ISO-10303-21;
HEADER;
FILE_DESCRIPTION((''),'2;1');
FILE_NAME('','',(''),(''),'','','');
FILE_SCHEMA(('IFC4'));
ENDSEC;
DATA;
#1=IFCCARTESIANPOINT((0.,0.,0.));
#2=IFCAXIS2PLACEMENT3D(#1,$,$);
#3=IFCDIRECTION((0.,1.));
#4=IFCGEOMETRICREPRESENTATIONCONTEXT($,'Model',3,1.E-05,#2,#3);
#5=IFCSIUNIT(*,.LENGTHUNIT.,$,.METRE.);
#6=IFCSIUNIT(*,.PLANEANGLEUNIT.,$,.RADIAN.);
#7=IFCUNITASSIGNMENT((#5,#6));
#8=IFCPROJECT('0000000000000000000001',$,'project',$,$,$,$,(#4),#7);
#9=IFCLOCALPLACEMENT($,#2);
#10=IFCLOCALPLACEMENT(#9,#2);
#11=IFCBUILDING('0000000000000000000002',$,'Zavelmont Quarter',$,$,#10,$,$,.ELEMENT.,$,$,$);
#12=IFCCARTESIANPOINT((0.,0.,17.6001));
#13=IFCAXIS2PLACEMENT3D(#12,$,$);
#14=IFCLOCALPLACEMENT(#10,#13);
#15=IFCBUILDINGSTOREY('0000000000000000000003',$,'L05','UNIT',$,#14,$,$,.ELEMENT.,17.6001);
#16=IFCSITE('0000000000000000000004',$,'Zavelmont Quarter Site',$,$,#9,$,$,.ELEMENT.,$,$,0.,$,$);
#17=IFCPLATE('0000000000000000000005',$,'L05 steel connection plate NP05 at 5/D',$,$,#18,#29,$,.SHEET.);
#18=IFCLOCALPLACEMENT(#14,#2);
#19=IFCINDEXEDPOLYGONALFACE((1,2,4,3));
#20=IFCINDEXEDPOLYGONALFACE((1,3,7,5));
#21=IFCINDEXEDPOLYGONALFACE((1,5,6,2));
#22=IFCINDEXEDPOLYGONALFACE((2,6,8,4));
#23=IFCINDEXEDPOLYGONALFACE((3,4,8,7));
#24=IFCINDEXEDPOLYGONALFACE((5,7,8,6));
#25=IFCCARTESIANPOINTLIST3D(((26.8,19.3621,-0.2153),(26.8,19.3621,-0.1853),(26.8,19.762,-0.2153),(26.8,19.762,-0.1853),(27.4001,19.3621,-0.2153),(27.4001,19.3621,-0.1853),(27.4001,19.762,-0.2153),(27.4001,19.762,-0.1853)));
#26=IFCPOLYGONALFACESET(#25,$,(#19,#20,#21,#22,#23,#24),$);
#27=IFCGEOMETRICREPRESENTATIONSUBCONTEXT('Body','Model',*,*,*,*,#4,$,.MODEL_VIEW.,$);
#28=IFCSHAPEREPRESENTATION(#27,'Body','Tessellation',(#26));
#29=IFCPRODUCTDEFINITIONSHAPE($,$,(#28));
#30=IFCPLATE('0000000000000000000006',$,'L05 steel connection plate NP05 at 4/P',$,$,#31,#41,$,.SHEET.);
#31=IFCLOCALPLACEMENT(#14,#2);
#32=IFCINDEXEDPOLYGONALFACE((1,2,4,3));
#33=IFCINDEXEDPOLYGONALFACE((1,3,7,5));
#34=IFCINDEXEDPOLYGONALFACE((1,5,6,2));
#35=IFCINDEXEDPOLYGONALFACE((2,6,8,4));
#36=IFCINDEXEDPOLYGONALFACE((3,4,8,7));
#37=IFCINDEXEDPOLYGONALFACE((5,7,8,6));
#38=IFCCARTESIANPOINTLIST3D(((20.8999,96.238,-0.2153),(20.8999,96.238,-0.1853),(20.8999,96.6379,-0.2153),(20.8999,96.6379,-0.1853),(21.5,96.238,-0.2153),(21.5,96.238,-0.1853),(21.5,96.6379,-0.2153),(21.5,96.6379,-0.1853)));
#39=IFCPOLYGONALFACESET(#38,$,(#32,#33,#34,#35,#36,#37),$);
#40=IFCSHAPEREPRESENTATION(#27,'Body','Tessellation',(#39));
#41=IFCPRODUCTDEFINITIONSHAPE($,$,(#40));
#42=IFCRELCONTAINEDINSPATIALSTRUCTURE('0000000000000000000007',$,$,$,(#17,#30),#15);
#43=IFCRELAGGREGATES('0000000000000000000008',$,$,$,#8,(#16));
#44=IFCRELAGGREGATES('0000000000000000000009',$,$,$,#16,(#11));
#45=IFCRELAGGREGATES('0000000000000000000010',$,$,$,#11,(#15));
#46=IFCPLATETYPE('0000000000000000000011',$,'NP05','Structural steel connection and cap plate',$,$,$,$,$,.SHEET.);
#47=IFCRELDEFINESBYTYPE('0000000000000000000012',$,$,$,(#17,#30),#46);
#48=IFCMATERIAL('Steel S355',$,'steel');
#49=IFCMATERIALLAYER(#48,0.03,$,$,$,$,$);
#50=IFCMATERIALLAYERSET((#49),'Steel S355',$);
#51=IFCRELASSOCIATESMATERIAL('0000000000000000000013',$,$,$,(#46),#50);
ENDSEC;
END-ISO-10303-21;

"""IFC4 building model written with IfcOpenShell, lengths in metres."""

from ifc_helpers import new_model, si_unit, direction, frame, origin, origin_2d, place, context, subcontext, project, spatial, rectangle, extrude, material, layer, layer_set, type_object, element, save


model = new_model("IFC4")

# Units and contexts
model_context = context("Model", 3, precision=1e-05, world=origin(), true_north=direction((0.0, 1.0)))
body_context = subcontext(model_context, "Body", "Model", "MODEL_VIEW")
ifc_project = project(units=[si_unit("LENGTHUNIT", "METRE"), si_unit("PLANEANGLEUNIT", "RADIAN")], contexts=[model_context])

# Site, building, storey
site_placement = place(None, origin())
site = spatial("IfcSite", under=ifc_project, at=site_placement, Name="Zavelmont Quarter Site", CompositionType="ELEMENT", RefElevation=0.0)
building_placement = place(site_placement, origin())
building = spatial("IfcBuilding", under=site, at=building_placement, Name="Zavelmont Quarter", CompositionType="ELEMENT")
storey_placement = place(building_placement, frame((0.0, 0.0, 17.6001)))
storey = spatial("IfcBuildingStorey", under=building, at=storey_placement, Name="L05", Description="UNIT", CompositionType="ELEMENT", Elevation=17.6001)

# Plates
ifc_material_1 = material(Name="Steel S355", Category="steel")
ifc_layer_1 = layer(ifc_material_1, 0.03)
ifc_layer_set_1 = layer_set([ifc_layer_1], Name="Steel S355")
plate_type_1 = type_object("IfcPlateType", Name="NP05", Description="Structural steel connection and cap plate", PredefinedType="SHEET", material=ifc_layer_set_1)
for number, where, z_axis, x_axis, name in (
    (1, (27.1001, 19.562, -0.2153), (0.0, 0.0, 1.0), (1.0, 0.0, 0.0), "L05 steel connection plate NP05 at 5/D"),
    (2, (21.2, 96.438, -0.2153), (0.0, 0.0, 1.0), (1.0, 0.0, 0.0), "L05 steel connection plate NP05 at 4/P"),
):
    element("IfcPlate", number, at=place(storey_placement, frame(where, z_axis=z_axis, x_axis=x_axis)), inside=storey, type_object=plate_type_1, Name=name, PredefinedType="SHEET", context=body_context, shape_type="SweptSolid", body=[
        extrude(rectangle(XDim=0.6001, YDim=0.3999, at=origin_2d()), origin(), (0.0, 0.0, 1.0), 0.03),
    ])

save(model, "model.ifc")
